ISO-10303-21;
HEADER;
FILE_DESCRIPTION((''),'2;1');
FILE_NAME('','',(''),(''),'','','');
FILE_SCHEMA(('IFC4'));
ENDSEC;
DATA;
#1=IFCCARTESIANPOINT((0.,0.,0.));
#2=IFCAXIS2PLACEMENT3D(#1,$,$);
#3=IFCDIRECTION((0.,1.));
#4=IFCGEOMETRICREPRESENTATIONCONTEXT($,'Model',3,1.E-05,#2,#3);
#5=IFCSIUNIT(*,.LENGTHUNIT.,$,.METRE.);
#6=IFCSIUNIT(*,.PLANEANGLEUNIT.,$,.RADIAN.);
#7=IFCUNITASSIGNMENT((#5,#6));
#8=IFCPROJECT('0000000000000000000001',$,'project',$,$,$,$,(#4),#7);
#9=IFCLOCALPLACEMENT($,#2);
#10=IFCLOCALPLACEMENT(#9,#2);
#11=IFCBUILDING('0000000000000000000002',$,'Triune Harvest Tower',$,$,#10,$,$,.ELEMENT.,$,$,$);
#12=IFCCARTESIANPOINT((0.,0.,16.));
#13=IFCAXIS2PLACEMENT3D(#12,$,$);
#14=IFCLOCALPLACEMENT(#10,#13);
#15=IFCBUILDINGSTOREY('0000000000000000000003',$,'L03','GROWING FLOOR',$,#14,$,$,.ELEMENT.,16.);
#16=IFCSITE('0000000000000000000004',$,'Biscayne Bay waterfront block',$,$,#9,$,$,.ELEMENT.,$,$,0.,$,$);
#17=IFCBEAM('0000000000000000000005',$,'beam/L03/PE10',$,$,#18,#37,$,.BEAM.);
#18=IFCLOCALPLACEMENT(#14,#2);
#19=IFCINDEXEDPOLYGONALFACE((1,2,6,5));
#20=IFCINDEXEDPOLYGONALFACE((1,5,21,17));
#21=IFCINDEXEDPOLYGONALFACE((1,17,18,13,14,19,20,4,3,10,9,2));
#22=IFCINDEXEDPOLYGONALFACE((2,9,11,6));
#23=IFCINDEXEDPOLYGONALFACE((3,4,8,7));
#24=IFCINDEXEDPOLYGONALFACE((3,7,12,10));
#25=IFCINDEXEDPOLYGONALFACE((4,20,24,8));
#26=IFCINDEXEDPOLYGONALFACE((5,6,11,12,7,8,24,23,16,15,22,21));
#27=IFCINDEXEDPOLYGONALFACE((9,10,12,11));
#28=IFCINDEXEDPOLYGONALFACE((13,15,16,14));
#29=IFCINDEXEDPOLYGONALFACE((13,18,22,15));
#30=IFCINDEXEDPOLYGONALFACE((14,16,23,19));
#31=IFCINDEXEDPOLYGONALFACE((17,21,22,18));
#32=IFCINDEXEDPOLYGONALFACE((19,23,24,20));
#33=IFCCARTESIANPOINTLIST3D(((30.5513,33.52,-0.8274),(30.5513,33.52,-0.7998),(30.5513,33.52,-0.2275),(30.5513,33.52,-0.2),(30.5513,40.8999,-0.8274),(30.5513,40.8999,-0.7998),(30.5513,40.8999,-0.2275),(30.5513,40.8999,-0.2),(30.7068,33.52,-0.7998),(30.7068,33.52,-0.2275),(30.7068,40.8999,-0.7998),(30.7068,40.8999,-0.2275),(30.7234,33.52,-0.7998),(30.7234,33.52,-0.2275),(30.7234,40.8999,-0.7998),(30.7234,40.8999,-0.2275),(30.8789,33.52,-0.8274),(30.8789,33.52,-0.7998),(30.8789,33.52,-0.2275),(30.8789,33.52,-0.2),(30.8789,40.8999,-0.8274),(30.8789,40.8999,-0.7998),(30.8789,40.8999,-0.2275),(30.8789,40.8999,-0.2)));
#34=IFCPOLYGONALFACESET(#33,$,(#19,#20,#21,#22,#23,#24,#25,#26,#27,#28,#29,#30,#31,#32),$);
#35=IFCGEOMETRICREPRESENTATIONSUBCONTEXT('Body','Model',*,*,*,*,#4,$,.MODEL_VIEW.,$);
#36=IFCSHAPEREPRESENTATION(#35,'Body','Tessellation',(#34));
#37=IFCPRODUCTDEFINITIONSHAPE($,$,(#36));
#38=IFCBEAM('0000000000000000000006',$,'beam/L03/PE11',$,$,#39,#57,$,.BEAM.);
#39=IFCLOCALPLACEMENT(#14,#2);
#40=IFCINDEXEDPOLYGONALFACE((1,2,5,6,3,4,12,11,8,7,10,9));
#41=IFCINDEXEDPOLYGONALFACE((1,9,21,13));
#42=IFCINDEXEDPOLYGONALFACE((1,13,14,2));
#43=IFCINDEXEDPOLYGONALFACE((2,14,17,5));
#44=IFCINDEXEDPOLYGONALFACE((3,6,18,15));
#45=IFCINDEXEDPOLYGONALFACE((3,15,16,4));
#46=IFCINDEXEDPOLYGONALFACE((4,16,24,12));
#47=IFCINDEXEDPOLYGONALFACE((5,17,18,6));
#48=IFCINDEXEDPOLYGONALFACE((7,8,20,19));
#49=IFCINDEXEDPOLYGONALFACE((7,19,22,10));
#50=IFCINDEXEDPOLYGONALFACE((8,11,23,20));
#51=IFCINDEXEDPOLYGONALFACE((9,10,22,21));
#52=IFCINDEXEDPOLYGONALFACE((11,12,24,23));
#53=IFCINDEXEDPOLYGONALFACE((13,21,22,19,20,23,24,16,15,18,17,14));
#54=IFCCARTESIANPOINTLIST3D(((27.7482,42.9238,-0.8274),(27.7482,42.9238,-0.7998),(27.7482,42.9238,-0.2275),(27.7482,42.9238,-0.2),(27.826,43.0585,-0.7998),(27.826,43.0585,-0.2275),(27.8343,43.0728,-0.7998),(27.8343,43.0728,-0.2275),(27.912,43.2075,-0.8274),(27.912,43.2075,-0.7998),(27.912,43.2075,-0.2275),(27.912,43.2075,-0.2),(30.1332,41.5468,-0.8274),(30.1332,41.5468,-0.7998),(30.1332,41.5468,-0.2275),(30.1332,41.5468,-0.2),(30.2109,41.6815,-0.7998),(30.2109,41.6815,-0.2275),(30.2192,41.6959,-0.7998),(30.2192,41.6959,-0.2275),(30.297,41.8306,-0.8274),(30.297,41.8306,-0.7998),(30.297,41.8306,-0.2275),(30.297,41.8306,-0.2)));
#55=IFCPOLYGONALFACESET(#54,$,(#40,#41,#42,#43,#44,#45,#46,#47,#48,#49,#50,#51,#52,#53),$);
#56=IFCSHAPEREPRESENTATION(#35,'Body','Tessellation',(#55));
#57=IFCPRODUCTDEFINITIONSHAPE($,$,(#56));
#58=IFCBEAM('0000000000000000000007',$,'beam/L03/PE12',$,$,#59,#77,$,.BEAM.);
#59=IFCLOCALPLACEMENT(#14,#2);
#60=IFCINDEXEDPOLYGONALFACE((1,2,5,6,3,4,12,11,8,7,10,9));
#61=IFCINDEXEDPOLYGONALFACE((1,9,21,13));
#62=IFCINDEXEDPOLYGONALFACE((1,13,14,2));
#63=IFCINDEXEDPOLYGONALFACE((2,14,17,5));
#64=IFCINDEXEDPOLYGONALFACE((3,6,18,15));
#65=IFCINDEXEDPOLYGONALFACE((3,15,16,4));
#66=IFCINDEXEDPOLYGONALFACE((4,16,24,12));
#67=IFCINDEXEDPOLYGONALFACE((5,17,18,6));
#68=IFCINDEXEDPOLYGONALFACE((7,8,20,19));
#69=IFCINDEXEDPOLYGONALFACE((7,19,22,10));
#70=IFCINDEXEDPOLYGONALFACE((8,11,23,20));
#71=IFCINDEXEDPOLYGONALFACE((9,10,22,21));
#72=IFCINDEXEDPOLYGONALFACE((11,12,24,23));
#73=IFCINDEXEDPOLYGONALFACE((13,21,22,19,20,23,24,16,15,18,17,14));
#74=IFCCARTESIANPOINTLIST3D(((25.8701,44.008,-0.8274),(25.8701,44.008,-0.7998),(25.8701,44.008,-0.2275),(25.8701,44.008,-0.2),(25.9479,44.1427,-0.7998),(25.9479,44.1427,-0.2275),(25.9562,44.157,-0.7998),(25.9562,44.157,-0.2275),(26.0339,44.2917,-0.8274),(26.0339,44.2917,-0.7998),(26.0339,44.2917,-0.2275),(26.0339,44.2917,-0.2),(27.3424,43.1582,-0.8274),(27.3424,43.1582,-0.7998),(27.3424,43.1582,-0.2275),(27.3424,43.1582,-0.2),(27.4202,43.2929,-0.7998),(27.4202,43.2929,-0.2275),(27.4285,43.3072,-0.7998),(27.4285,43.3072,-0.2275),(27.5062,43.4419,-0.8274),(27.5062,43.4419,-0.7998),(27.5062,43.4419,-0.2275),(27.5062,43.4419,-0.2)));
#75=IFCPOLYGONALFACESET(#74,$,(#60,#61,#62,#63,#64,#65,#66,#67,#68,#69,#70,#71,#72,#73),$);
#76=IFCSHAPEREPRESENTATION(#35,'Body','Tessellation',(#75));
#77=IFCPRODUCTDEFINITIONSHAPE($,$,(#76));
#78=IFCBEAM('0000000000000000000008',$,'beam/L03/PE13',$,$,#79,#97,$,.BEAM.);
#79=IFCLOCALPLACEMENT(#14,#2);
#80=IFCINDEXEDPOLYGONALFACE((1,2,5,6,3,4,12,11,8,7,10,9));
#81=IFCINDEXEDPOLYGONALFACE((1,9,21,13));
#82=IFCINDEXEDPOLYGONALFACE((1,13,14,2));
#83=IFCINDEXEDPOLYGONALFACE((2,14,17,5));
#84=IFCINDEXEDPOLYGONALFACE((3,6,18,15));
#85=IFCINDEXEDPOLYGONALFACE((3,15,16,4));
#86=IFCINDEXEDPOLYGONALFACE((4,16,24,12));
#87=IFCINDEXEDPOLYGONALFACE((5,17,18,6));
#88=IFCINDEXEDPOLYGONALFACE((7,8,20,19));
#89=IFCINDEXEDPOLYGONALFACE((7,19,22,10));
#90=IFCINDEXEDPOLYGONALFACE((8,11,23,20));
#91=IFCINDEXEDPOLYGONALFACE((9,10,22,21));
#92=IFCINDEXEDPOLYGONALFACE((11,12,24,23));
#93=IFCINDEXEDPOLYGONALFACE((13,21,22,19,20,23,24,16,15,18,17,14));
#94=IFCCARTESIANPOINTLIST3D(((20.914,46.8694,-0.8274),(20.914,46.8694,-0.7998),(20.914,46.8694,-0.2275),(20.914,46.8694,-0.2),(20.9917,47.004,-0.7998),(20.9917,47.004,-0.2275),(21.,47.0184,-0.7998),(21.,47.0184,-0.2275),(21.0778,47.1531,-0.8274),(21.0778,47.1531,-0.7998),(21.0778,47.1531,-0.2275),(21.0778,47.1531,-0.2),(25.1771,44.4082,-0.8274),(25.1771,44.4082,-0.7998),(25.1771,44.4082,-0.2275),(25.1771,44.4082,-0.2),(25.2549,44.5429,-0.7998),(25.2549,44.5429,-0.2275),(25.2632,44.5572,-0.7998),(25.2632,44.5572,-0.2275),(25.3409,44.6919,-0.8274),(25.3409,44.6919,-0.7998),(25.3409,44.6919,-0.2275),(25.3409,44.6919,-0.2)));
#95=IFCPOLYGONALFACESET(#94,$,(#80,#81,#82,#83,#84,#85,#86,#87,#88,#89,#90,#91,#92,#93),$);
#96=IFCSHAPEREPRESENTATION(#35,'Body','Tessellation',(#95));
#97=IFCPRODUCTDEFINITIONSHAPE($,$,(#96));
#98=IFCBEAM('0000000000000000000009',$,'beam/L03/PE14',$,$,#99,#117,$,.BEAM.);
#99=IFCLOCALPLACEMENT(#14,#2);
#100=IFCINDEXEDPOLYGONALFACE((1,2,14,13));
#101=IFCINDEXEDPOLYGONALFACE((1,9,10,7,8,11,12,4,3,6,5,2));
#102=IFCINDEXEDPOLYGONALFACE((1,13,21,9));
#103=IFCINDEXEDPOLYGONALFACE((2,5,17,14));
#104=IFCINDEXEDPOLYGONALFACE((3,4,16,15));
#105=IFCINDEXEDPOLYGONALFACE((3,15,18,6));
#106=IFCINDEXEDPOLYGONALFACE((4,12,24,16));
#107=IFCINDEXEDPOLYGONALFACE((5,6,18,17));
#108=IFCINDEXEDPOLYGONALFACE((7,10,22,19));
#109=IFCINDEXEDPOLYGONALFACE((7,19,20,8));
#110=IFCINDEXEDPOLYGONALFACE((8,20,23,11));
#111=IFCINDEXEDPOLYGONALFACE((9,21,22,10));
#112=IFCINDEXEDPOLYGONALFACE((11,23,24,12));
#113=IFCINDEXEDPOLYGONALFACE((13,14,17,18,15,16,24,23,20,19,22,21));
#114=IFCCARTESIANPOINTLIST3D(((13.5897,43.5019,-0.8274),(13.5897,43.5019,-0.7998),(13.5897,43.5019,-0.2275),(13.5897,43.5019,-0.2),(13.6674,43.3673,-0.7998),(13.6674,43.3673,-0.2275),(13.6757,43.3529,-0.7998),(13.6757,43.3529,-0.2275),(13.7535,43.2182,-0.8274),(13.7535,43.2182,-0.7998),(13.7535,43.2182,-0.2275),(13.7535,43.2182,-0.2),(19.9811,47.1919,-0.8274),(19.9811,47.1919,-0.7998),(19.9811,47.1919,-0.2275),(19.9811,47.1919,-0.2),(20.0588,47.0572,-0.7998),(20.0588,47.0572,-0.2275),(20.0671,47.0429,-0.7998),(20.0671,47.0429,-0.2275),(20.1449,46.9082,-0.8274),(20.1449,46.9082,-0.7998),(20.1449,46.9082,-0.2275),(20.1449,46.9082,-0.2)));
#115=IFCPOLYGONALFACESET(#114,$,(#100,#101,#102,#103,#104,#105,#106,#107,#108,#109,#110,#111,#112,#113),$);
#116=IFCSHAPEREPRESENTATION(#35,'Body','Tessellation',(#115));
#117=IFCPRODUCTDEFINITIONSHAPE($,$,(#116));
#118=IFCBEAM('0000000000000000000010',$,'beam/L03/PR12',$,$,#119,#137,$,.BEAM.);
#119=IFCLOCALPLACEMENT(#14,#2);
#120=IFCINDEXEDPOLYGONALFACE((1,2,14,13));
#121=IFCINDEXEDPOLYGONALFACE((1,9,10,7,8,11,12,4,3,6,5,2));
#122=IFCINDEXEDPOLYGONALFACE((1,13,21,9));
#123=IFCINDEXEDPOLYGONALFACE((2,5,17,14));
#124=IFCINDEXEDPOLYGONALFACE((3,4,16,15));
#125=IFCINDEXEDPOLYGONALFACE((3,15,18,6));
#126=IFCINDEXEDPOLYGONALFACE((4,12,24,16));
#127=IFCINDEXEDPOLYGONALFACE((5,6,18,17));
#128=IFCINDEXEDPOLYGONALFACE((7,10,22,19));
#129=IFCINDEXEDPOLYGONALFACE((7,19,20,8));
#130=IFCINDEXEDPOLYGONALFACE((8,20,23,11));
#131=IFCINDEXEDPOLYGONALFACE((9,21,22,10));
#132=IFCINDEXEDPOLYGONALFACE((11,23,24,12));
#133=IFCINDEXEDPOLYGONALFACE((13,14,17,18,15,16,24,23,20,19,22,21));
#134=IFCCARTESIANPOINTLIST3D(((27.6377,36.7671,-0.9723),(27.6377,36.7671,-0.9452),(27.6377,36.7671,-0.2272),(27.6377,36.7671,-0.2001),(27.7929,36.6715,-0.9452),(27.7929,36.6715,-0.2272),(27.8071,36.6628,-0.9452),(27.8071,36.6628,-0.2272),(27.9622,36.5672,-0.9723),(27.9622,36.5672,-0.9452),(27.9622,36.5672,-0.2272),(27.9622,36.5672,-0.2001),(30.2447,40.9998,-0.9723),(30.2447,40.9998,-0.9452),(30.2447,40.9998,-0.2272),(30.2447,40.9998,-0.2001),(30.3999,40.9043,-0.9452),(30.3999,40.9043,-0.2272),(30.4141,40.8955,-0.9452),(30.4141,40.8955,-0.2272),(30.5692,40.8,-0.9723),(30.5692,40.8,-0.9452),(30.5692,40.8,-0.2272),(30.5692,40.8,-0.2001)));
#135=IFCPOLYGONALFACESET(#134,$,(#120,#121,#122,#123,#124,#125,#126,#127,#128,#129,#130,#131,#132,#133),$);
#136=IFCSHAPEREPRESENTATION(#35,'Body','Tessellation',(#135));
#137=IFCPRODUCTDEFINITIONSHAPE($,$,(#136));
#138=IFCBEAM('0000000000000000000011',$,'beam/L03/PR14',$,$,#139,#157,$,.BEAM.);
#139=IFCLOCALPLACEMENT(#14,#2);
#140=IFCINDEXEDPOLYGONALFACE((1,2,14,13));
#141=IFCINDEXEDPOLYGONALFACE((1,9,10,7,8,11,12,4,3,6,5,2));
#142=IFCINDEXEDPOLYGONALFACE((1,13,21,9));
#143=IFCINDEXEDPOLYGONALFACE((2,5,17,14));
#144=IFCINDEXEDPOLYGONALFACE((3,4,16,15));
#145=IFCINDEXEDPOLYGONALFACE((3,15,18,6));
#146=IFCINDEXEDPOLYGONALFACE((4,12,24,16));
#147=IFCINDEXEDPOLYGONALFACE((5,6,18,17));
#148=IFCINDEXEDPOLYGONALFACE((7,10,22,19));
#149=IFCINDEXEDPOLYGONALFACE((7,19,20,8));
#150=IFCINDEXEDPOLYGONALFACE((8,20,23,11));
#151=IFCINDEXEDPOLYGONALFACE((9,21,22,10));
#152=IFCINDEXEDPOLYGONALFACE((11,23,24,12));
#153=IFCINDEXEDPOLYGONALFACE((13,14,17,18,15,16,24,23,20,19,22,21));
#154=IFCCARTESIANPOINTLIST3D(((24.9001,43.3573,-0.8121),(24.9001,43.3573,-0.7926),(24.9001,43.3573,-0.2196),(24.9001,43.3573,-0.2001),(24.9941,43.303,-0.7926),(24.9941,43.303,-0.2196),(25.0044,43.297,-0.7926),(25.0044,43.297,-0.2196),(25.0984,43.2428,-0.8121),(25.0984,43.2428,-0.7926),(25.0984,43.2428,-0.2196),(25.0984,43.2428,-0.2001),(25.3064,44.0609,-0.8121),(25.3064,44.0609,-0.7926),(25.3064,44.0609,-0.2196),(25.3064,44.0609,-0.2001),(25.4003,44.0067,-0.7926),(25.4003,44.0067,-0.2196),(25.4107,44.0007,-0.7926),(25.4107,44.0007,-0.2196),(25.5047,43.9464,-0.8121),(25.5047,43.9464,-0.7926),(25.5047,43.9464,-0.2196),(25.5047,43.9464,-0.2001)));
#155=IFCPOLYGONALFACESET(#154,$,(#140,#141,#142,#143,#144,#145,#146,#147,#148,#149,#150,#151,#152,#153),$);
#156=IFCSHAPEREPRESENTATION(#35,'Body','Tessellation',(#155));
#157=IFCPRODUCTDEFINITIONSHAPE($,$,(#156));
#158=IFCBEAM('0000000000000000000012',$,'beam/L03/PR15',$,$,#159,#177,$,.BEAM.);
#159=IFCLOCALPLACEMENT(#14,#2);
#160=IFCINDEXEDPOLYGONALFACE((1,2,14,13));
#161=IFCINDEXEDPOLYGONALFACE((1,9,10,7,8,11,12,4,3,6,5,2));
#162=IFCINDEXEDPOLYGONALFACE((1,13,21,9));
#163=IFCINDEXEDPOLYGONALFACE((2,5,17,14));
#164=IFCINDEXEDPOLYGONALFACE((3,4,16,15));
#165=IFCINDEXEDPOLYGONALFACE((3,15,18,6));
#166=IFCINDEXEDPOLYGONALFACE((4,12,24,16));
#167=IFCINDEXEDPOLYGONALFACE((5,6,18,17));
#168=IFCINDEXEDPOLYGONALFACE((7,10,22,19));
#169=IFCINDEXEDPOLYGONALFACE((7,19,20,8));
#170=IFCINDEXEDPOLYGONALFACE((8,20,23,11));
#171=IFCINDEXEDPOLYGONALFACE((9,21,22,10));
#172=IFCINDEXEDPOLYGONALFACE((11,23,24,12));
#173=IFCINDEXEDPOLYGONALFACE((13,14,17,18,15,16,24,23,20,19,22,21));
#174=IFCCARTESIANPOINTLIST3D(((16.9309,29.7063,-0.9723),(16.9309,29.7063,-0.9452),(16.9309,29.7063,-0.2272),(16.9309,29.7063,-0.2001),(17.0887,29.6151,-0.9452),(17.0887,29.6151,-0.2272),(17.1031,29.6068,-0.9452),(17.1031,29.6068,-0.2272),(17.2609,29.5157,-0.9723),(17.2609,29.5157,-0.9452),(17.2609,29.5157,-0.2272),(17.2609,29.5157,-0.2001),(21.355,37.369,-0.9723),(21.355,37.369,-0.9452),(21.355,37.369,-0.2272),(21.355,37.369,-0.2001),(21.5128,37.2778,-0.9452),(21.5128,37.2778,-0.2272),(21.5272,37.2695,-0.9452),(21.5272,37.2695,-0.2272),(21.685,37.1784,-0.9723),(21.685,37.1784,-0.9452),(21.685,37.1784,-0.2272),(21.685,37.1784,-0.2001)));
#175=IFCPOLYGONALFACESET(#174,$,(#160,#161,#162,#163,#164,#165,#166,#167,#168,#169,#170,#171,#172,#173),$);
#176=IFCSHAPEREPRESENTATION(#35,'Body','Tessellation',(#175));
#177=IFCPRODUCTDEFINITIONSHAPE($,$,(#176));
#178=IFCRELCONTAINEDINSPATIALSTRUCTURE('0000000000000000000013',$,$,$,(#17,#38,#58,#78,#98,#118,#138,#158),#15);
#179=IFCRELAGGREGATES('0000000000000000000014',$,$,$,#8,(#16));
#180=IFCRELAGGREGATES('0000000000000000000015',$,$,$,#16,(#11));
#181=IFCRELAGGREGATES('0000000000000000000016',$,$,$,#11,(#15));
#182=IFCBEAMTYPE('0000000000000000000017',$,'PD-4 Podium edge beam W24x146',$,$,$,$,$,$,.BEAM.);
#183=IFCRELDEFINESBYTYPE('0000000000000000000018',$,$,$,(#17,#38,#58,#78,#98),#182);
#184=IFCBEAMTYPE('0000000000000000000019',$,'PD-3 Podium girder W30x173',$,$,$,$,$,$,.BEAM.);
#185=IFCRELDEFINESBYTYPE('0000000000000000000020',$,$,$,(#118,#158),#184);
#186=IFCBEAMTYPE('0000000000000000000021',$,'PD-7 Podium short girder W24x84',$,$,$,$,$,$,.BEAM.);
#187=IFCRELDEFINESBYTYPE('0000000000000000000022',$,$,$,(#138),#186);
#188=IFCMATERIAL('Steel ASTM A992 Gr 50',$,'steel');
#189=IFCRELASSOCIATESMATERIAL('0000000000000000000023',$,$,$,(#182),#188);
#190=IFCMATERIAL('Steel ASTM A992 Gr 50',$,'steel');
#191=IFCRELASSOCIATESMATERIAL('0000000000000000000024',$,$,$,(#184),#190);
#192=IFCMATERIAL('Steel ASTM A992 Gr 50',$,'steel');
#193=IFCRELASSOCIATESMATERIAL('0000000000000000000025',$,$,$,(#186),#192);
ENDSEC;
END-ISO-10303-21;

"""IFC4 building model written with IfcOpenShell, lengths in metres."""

from ifc_helpers import new_model, si_unit, direction, frame, origin, origin_2d, place, context, subcontext, project, spatial, i_section, extrude, source, transform, mapped, material, material_profile, profile_set, type_object, element, save


model = new_model("IFC4")

# Units and contexts
model_context = context("Model", 3, precision=1e-05, world=origin(), true_north=direction((0.0, 1.0)))
body_context = subcontext(model_context, "Body", "Model", "MODEL_VIEW")
ifc_project = project(units=[si_unit("LENGTHUNIT", "METRE"), si_unit("PLANEANGLEUNIT", "RADIAN")], contexts=[model_context])

# Site, building, storey
site_placement = place(None, origin())
site = spatial("IfcSite", under=ifc_project, at=site_placement, Name="Biscayne Bay waterfront block", CompositionType="ELEMENT", RefElevation=0.0)
building_placement = place(site_placement, origin())
building = spatial("IfcBuilding", under=site, at=building_placement, Name="Triune Harvest Tower", CompositionType="ELEMENT")
storey_placement = place(building_placement, frame((0.0, 0.0, 16.0)))
storey = spatial("IfcBuildingStorey", under=building, at=storey_placement, Name="L03", Description="GROWING FLOOR", CompositionType="ELEMENT", Elevation=16.0)

# Beams
ifc_material_1 = material(Name="Steel ASTM A992 Gr 50", Category="steel")
ifc_material_profile_1 = material_profile(ifc_material_1, i_section(OverallWidth=0.3276, OverallDepth=0.6274, WebThickness=0.0166, FlangeThickness=0.0276, at=origin_2d()), Name="W24x146")
ifc_profile_set_1 = profile_set([ifc_material_profile_1], Name="Steel ASTM A992 Gr 50")
beam_type_1 = type_object("IfcBeamType", Name="PD-4 Podium edge beam W24x146", PredefinedType="BEAM", material=ifc_profile_set_1)
shared_shape_1 = source(origin(), body_context, "Body", "SweptSolid", [
    extrude(i_section(OverallWidth=0.3276, OverallDepth=0.6274, WebThickness=0.0166, FlangeThickness=0.0276, at=origin_2d()), origin(), (0.0, 0.0, 1.0), 7.3799),
])
beam_1_placement = place(storey_placement, frame((30.7151, 33.52, -0.5137), z_axis=(0.0, 1.0, 0.0), x_axis=(-1.0, 0.0, 0.0)))
element("IfcBeam", 1, at=beam_1_placement, inside=storey, type_object=beam_type_1, Name="beam/L03/PE10", PredefinedType="BEAM", context=body_context, shape_type="MappedRepresentation", body=[
    mapped(shared_shape_1, transform((0.0, 0.0, 0.0), scale=1.0)),
])
shared_shape_2 = source(origin(), body_context, "Body", "SweptSolid", [
    extrude(i_section(OverallWidth=0.3276, OverallDepth=0.6274, WebThickness=0.0166, FlangeThickness=0.0276, at=origin_2d()), origin(), (0.0, 0.0, 1.0), 2.7539),
])
beam_2_placement = place(storey_placement, frame((30.2151, 41.6887, -0.5137), z_axis=(-0.866031, 0.499991, 0.0), x_axis=(-0.499991, -0.866031, 0.0)))
element("IfcBeam", 2, at=beam_2_placement, inside=storey, type_object=beam_type_1, Name="beam/L03/PE11", PredefinedType="BEAM", context=body_context, shape_type="MappedRepresentation", body=[
    mapped(shared_shape_2, transform((0.0, 0.0, 0.0), scale=1.0)),
])
shared_shape_3 = source(origin(), body_context, "Body", "SweptSolid", [
    extrude(i_section(OverallWidth=0.3276, OverallDepth=0.6274, WebThickness=0.0166, FlangeThickness=0.0276, at=origin_2d()), origin(), (0.0, 0.0, 1.0), 1.7),
])
beam_3_placement = place(storey_placement, frame((27.4243, 43.3, -0.5137), z_axis=(-0.866088, 0.499892, 0.0), x_axis=(-0.499892, -0.866088, 0.0)))
element("IfcBeam", 3, at=beam_3_placement, inside=storey, type_object=beam_type_1, Name="beam/L03/PE12", PredefinedType="BEAM", context=body_context, shape_type="MappedRepresentation", body=[
    mapped(shared_shape_3, transform((0.0, 0.0, 0.0), scale=1.0)),
])
shared_shape_4 = source(origin(), body_context, "Body", "SweptSolid", [
    extrude(i_section(OverallWidth=0.3276, OverallDepth=0.6274, WebThickness=0.0166, FlangeThickness=0.0276, at=origin_2d()), origin(), (0.0, 0.0, 1.0), 4.9226),
])
beam_4_placement = place(storey_placement, frame((25.259, 44.55, -0.5137), z_axis=(-0.86604, 0.499974, 0.0), x_axis=(-0.499974, -0.86604, 0.0)))
element("IfcBeam", 4, at=beam_4_placement, inside=storey, type_object=beam_type_1, Name="beam/L03/PE13", PredefinedType="BEAM", context=body_context, shape_type="MappedRepresentation", body=[
    mapped(shared_shape_4, transform((0.0, 0.0, 0.0), scale=1.0)),
])
shared_shape_5 = source(origin(), body_context, "Body", "SweptSolid", [
    extrude(i_section(OverallWidth=0.3276, OverallDepth=0.6274, WebThickness=0.0166, FlangeThickness=0.0276, at=origin_2d()), origin(), (0.0, 0.0, 1.0), 7.3801),
])
beam_5_placement = place(storey_placement, frame((20.063, 47.05, -0.5137), z_axis=(-0.866032, -0.499989, 0.0), x_axis=(0.499989, -0.866032, 0.0)))
element("IfcBeam", 5, at=beam_5_placement, inside=storey, type_object=beam_type_1, Name="beam/L03/PE14", PredefinedType="BEAM", context=body_context, shape_type="MappedRepresentation", body=[
    mapped(shared_shape_5, transform((0.0, 0.0, 0.0), scale=1.0)),
])
ifc_material_2 = material(Name="Steel ASTM A992 Gr 50", Category="steel")
ifc_material_profile_2 = material_profile(ifc_material_2, i_section(OverallWidth=0.3811, OverallDepth=0.7722, WebThickness=0.0166, FlangeThickness=0.0271, at=origin_2d()), Name="W30x173")
ifc_profile_set_2 = profile_set([ifc_material_profile_2], Name="Steel ASTM A992 Gr 50")
beam_type_2 = type_object("IfcBeamType", Name="PD-3 Podium girder W30x173", PredefinedType="BEAM", material=ifc_profile_set_2)
shared_shape_6 = source(origin(), body_context, "Body", "SweptSolid", [
    extrude(i_section(OverallWidth=0.3811, OverallDepth=0.7722, WebThickness=0.0166, FlangeThickness=0.0271, at=origin_2d()), origin(), (0.0, 0.0, 1.0), 4.9712),
])
beam_6_placement = place(storey_placement, frame((30.407, 40.8999, -0.5862), z_axis=(-0.524421, -0.851459, 0.0), x_axis=(0.851459, -0.524421, 0.0)))
element("IfcBeam", 6, at=beam_6_placement, inside=storey, type_object=beam_type_2, Name="beam/L03/PR12", PredefinedType="BEAM", context=body_context, shape_type="MappedRepresentation", body=[
    mapped(shared_shape_6, transform((0.0, 0.0, 0.0), scale=1.0)),
])
ifc_material_3 = material(Name="Steel ASTM A992 Gr 50", Category="steel")
ifc_material_profile_3 = material_profile(ifc_material_3, i_section(OverallWidth=0.229, OverallDepth=0.6121, WebThickness=0.012, FlangeThickness=0.0195, at=origin_2d()), Name="W24x84")
ifc_profile_set_3 = profile_set([ifc_material_profile_3], Name="Steel ASTM A992 Gr 50")
beam_type_3 = type_object("IfcBeamType", Name="PD-7 Podium short girder W24x84", PredefinedType="BEAM", material=ifc_profile_set_3)
shared_shape_7 = source(origin(), body_context, "Body", "SweptSolid", [
    extrude(i_section(OverallWidth=0.229, OverallDepth=0.6121, WebThickness=0.012, FlangeThickness=0.0195, at=origin_2d()), origin(), (0.0, 0.0, 1.0), 0.8125),
])
beam_7_placement = place(storey_placement, frame((25.4055, 44.0037, -0.5061), z_axis=(-0.500017, -0.866015, 0.0), x_axis=(0.866015, -0.500017, 0.0)))
element("IfcBeam", 7, at=beam_7_placement, inside=storey, type_object=beam_type_3, Name="beam/L03/PR14", PredefinedType="BEAM", context=body_context, shape_type="MappedRepresentation", body=[
    mapped(shared_shape_7, transform((0.0, 0.0, 0.0), scale=1.0)),
])
shared_shape_8 = source(origin(), body_context, "Body", "SweptSolid", [
    extrude(i_section(OverallWidth=0.3811, OverallDepth=0.7722, WebThickness=0.0166, FlangeThickness=0.0271, at=origin_2d()), origin(), (0.0, 0.0, 1.0), 8.8481),
])
beam_8_placement = place(storey_placement, frame((21.52, 37.2737, -0.5862), z_axis=(-0.500006, -0.866022, 0.0), x_axis=(0.866022, -0.500006, 0.0)))
element("IfcBeam", 8, at=beam_8_placement, inside=storey, type_object=beam_type_2, Name="beam/L03/PR15", PredefinedType="BEAM", context=body_context, shape_type="MappedRepresentation", body=[
    mapped(shared_shape_8, transform((0.0, 0.0, 0.0), scale=1.0)),
])

save(model, "model.ifc")
